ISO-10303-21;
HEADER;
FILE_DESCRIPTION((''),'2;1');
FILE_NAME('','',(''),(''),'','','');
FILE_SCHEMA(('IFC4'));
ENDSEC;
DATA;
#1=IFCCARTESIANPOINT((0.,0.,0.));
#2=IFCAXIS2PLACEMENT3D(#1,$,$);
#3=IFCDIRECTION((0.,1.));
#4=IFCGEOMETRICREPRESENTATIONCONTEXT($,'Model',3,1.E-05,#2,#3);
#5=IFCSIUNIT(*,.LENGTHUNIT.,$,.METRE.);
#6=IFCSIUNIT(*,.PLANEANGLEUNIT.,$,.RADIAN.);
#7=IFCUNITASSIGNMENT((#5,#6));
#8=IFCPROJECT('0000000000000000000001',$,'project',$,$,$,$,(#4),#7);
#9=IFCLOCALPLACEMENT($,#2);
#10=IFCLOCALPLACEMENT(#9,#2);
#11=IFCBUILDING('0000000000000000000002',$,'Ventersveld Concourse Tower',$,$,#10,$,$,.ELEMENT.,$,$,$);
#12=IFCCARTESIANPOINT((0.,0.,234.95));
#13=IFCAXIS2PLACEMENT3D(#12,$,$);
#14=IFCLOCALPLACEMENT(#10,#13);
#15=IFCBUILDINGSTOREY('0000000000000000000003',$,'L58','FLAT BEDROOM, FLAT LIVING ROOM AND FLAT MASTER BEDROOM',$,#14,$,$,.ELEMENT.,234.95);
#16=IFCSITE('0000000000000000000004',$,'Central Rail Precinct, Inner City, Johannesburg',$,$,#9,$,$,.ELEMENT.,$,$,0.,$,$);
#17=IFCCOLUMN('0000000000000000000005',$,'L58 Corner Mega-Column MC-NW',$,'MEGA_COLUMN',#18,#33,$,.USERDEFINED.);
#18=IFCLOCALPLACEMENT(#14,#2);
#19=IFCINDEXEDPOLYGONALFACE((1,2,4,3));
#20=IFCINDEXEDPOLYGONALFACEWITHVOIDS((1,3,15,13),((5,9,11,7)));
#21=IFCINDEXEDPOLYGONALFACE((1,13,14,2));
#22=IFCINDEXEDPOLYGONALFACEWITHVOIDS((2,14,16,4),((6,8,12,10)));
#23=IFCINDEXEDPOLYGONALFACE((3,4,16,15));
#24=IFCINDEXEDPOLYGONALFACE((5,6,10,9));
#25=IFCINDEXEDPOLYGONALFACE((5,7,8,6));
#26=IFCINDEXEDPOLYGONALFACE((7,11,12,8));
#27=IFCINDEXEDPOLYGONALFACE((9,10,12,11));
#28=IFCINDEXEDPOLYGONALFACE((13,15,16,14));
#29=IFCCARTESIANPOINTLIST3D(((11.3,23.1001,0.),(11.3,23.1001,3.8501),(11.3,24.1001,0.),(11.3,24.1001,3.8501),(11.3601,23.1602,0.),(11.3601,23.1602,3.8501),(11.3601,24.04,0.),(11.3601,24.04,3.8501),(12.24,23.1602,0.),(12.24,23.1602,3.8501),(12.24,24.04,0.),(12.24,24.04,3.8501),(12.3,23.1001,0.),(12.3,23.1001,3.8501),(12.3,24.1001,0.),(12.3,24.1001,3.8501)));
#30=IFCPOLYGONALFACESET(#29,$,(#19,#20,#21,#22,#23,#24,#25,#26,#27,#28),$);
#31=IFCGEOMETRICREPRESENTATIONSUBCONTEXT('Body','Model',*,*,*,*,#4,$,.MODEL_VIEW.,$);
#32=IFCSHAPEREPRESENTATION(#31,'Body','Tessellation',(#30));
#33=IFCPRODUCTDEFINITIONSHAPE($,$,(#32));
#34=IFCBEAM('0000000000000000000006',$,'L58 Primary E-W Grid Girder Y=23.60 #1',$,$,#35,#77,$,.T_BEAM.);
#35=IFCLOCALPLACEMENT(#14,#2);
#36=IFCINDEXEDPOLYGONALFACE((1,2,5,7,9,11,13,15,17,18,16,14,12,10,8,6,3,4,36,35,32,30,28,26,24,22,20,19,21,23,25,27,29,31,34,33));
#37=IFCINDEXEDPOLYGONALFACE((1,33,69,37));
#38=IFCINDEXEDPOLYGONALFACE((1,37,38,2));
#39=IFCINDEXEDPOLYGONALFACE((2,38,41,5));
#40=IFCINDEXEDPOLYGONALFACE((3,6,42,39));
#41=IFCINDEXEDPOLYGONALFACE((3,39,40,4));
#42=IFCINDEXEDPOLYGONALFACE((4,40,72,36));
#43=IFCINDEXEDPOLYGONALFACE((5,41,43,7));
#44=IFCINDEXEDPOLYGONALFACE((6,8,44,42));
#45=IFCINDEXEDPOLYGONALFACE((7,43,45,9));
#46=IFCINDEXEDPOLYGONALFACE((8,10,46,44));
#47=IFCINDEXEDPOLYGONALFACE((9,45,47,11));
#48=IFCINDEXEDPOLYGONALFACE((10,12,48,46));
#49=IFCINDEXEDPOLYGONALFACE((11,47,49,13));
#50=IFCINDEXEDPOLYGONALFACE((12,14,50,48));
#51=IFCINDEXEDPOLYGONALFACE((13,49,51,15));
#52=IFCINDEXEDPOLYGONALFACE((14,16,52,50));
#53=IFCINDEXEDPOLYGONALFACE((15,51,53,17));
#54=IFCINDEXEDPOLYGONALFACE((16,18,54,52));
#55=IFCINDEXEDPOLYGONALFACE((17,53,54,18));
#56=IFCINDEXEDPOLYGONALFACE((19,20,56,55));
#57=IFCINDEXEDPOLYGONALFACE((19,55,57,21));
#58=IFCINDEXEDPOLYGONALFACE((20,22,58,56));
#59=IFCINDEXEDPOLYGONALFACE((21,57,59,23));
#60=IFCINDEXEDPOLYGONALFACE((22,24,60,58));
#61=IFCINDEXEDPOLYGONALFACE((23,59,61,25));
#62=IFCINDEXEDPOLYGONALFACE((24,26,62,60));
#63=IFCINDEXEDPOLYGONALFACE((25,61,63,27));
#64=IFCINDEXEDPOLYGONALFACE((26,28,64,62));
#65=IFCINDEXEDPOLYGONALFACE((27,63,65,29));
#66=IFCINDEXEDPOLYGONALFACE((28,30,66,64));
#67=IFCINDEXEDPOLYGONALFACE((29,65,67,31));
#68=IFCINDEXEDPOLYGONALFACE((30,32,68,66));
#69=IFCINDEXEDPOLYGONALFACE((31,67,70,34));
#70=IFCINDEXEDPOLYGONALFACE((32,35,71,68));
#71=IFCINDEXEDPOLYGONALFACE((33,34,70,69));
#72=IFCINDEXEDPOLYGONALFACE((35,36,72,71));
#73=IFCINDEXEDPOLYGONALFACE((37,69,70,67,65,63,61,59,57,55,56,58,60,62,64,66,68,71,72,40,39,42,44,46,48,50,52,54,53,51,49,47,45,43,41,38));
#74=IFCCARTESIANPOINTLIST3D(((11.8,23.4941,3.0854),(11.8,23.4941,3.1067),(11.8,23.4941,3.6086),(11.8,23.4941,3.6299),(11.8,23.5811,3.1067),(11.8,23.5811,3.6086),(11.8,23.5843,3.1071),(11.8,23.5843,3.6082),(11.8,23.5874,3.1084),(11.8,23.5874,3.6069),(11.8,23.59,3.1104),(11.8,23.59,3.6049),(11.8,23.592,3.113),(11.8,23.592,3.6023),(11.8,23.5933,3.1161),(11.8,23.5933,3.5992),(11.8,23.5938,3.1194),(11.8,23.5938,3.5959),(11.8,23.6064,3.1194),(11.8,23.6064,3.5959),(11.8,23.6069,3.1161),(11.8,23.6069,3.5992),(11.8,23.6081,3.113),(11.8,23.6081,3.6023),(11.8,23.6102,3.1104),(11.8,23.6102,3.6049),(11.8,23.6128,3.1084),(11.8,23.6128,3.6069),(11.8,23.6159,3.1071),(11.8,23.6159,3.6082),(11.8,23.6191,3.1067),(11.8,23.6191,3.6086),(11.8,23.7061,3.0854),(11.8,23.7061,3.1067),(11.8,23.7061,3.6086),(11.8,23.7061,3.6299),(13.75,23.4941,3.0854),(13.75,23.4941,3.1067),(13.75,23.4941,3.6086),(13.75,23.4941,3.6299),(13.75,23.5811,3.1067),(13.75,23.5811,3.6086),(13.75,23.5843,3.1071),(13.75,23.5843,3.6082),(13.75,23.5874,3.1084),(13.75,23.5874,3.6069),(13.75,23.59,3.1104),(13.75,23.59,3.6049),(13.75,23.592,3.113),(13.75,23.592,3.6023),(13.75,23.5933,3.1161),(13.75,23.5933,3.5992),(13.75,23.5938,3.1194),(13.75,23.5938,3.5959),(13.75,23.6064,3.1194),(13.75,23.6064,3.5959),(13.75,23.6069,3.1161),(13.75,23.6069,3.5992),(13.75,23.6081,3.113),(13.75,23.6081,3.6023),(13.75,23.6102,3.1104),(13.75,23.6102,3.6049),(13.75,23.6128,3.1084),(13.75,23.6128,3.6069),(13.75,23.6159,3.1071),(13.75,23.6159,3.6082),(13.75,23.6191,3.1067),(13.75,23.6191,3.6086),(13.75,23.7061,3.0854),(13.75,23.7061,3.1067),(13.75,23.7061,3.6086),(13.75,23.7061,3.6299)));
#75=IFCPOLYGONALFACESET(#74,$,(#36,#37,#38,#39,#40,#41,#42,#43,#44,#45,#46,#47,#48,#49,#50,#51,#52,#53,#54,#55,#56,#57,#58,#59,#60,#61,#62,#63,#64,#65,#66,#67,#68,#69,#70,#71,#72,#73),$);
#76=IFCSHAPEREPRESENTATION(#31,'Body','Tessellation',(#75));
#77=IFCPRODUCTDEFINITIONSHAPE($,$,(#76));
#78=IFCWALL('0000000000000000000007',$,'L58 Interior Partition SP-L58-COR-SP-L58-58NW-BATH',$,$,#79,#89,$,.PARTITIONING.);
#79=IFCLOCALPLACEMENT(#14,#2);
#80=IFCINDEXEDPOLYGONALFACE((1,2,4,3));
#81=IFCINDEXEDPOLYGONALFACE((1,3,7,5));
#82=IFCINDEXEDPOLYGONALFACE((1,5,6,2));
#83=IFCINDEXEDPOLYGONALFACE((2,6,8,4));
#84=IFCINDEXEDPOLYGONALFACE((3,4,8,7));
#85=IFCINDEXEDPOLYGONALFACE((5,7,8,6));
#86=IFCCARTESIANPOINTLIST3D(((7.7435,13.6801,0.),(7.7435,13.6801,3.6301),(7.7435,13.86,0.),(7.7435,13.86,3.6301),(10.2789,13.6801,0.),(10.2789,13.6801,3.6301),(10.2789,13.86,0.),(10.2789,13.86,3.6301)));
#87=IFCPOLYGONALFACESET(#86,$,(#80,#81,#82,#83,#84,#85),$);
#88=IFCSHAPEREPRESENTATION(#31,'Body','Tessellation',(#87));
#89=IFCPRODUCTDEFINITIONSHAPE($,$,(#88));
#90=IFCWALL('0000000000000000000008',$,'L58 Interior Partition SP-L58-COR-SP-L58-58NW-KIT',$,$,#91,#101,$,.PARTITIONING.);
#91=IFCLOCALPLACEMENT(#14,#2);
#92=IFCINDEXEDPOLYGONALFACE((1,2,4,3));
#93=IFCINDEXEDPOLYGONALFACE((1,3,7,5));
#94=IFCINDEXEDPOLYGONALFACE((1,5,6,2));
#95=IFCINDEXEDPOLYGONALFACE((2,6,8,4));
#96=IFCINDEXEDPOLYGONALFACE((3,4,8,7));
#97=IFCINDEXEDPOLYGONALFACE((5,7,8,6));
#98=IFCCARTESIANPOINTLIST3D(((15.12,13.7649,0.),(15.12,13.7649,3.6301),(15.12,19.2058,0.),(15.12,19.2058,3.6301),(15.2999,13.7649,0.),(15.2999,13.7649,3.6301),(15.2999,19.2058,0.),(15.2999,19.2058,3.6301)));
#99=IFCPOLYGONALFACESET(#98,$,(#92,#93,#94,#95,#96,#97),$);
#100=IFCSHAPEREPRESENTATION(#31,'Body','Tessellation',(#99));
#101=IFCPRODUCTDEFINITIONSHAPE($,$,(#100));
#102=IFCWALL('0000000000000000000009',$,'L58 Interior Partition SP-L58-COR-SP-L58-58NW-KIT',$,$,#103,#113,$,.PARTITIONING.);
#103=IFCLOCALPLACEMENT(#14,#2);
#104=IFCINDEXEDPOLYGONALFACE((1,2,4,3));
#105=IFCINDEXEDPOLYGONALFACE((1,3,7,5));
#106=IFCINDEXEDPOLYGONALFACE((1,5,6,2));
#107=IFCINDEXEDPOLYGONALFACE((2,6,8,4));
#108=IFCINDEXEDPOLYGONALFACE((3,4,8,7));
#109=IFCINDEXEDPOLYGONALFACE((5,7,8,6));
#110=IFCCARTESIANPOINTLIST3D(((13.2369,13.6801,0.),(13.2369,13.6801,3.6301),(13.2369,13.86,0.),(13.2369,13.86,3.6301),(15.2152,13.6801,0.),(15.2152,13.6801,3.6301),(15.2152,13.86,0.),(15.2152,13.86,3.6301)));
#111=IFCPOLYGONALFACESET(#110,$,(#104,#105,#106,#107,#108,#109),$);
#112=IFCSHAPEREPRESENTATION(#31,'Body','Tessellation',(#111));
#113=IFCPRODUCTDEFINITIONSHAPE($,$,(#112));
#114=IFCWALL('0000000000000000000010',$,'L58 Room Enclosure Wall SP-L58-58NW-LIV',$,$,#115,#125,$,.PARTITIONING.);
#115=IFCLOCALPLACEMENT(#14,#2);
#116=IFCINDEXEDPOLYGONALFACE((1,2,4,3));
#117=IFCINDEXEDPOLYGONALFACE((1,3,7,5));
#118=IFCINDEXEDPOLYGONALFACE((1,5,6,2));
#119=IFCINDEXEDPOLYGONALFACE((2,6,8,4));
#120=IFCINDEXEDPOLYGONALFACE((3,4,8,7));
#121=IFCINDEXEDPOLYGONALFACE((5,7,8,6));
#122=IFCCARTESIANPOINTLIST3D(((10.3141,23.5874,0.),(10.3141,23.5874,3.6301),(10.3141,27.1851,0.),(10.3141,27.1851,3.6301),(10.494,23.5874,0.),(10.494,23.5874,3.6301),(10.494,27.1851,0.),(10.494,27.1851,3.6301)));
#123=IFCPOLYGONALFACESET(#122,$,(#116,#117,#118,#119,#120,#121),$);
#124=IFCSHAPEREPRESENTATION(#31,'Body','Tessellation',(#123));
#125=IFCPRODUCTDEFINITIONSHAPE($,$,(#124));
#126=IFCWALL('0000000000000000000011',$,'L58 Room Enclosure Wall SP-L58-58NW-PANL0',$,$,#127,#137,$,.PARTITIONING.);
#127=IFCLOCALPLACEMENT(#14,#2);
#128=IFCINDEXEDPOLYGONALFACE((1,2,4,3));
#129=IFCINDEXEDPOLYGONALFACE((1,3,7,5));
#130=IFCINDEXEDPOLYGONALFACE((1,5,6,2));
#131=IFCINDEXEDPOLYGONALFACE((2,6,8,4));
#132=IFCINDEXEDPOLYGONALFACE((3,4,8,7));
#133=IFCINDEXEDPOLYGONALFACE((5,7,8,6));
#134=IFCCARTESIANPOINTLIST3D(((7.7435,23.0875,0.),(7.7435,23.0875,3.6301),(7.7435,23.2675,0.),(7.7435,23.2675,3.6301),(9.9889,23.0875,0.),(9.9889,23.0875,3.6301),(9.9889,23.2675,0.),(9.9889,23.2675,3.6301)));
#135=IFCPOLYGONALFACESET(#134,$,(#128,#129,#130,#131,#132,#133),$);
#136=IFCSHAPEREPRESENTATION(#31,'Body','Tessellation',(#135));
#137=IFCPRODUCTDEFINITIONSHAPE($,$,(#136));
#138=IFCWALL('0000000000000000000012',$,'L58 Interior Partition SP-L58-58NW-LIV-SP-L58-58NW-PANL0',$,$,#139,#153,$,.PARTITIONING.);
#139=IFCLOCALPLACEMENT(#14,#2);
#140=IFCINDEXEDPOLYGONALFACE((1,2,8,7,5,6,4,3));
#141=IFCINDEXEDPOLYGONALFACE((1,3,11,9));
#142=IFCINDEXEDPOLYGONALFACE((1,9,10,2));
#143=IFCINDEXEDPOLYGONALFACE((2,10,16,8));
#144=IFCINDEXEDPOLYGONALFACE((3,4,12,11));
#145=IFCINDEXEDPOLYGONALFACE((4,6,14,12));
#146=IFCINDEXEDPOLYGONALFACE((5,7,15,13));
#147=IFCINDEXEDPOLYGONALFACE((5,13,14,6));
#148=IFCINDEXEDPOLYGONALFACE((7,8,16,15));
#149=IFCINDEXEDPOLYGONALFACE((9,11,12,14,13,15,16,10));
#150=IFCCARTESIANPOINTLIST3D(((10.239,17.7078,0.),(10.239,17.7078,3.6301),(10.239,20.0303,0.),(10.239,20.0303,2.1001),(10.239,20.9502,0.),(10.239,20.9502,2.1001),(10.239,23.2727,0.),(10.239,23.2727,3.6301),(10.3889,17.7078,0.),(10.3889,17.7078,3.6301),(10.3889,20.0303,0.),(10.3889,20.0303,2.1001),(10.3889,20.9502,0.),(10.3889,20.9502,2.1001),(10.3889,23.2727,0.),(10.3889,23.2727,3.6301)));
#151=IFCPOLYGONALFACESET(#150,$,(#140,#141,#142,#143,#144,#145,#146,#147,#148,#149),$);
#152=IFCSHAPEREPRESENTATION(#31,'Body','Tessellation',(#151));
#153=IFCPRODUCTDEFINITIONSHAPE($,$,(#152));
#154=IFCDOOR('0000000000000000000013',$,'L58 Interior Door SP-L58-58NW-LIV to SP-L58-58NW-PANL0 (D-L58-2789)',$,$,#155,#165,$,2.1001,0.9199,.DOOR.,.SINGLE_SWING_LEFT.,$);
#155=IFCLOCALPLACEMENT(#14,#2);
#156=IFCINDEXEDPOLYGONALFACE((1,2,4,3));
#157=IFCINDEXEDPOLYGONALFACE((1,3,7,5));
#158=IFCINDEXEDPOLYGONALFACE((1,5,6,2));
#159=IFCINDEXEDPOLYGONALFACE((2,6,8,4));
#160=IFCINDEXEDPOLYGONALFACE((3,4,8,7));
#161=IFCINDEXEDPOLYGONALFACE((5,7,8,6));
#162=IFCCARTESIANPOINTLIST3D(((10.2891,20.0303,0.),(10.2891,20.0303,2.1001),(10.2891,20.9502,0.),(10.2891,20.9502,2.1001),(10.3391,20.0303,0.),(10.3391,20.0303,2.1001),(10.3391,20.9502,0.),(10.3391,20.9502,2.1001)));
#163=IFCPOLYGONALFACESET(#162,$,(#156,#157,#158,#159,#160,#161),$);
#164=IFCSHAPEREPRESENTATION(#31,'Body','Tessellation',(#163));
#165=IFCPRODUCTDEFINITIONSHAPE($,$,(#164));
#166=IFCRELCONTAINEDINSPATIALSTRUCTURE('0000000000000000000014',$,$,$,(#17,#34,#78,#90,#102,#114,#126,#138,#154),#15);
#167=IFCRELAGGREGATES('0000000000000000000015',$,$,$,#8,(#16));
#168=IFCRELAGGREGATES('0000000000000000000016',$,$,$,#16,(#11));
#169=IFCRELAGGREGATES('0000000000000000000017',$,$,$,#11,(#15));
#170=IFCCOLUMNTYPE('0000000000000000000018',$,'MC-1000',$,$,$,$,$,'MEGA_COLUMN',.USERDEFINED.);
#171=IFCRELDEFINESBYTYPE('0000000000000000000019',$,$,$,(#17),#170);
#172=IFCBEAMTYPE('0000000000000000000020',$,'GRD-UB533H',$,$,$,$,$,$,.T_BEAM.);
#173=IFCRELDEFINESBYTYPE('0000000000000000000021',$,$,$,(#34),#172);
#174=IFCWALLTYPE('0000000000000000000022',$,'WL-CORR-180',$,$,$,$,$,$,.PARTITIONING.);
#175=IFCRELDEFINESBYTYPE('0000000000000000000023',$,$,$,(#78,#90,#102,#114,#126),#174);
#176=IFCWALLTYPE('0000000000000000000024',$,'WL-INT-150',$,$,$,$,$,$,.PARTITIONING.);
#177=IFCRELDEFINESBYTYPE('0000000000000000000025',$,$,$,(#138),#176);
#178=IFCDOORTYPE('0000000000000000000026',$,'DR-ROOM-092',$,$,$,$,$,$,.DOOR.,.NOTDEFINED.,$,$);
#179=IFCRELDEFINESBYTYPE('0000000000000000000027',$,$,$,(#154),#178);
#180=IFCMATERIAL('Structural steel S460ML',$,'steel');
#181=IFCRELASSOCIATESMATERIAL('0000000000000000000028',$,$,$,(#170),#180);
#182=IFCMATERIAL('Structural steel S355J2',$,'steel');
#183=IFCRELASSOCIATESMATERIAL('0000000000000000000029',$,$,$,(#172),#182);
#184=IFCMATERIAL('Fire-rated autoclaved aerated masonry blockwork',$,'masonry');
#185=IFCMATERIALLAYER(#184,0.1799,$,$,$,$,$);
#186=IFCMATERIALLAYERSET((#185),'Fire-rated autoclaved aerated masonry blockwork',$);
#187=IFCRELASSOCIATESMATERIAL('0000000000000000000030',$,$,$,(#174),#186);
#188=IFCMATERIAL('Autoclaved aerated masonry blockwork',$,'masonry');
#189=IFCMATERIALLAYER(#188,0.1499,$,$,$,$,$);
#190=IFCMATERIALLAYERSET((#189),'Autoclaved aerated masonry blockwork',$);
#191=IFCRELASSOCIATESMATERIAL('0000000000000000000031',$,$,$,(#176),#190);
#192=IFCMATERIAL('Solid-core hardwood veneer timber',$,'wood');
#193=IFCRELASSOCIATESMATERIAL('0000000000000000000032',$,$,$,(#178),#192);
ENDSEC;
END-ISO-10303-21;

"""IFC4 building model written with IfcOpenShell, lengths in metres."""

from ifc_helpers import new_model, si_unit, direction, frame, frame_2d, origin, origin_2d, place, context, subcontext, project, spatial, rectangle, hollow_rectangle, i_section, extrude, material, layer, layer_set, material_profile, profile_set, type_object, element, fill, save


model = new_model("IFC4")

# Units and contexts
model_context = context("Model", 3, precision=1e-05, world=origin(), true_north=direction((0.0, 1.0)))
body_context = subcontext(model_context, "Body", "Model", "MODEL_VIEW")
ifc_project = project(units=[si_unit("LENGTHUNIT", "METRE"), si_unit("PLANEANGLEUNIT", "RADIAN")], contexts=[model_context])

# Site, building, storey
site_placement = place(None, origin())
site = spatial("IfcSite", under=ifc_project, at=site_placement, Name="Central Rail Precinct, Inner City, Johannesburg", CompositionType="ELEMENT", RefElevation=0.0)
building_placement = place(site_placement, origin())
building = spatial("IfcBuilding", under=site, at=building_placement, Name="Ventersveld Concourse Tower", CompositionType="ELEMENT")
storey_placement = place(building_placement, frame((0.0, 0.0, 234.95)))
storey = spatial("IfcBuildingStorey", under=building, at=storey_placement, Name="L58", Description="FLAT BEDROOM, FLAT LIVING ROOM AND FLAT MASTER BEDROOM", CompositionType="ELEMENT", Elevation=234.95)

# Column
ifc_material_1 = material(Name="Structural steel S460ML", Category="steel")
ifc_material_profile_1 = material_profile(ifc_material_1, hollow_rectangle(XDim=1.0, YDim=1.0, WallThickness=0.0601, at=origin_2d()), Name="BOX 1000x1000x60")
ifc_profile_set_1 = profile_set([ifc_material_profile_1], Name="Structural steel S460ML")
column_type = type_object("IfcColumnType", Name="MC-1000", ElementType="MEGA_COLUMN", PredefinedType="USERDEFINED", material=ifc_profile_set_1)
column_placement = place(storey_placement, frame((11.8, 23.6001, 0.0), z_axis=(0.0, 0.0, 1.0), x_axis=(1.0, 0.0, 0.0)))
element("IfcColumn", 1, at=column_placement, inside=storey, type_object=column_type, Name="L58 Corner Mega-Column MC-NW", ObjectType="MEGA_COLUMN", PredefinedType="USERDEFINED", context=body_context, shape_type="SweptSolid", body=[
    extrude(hollow_rectangle(XDim=1.0, YDim=1.0, WallThickness=0.0601, at=origin_2d()), origin(), (0.0, 0.0, 1.0), 3.8501),
])

# Beam
ifc_material_2 = material(Name="Structural steel S355J2", Category="steel")
ifc_material_profile_2 = material_profile(ifc_material_2, i_section(OverallWidth=0.2119, OverallDepth=0.5444, WebThickness=0.0127, FlangeThickness=0.0212, FilletRadius=0.0127, at=origin_2d()), Name="UB 533x210x122")
ifc_profile_set_2 = profile_set([ifc_material_profile_2], Name="Structural steel S355J2")
beam_type = type_object("IfcBeamType", Name="GRD-UB533H", PredefinedType="T_BEAM", material=ifc_profile_set_2)
beam_placement = place(storey_placement, frame((11.8, 23.6001, 3.3577), z_axis=(1.0, 0.0, 0.0), x_axis=(0.0, 1.0, 0.0)))
element("IfcBeam", 2, at=beam_placement, inside=storey, type_object=beam_type, Name="L58 Primary E-W Grid Girder Y=23.60 #1", PredefinedType="T_BEAM", context=body_context, shape_type="SweptSolid", body=[
    extrude(i_section(OverallWidth=0.2119, OverallDepth=0.5444, WebThickness=0.0127, FlangeThickness=0.0212, FilletRadius=0.0127, at=origin_2d()), origin(), (0.0, 0.0, 1.0), 1.95),
])

# Shared definitions
ifc_material_3 = material(Name="Fire-rated autoclaved aerated masonry blockwork", Category="masonry")
ifc_layer_1 = layer(ifc_material_3, 0.1799)
ifc_layer_set_1 = layer_set([ifc_layer_1], Name="Fire-rated autoclaved aerated masonry blockwork")
wall_type_1 = type_object("IfcWallType", Name="WL-CORR-180", PredefinedType="PARTITIONING", material=ifc_layer_set_1)
ifc_material_4 = material(Name="Solid-core hardwood veneer timber", Category="wood")

# Walls
wall_1_placement = place(storey_placement, frame((7.7437, 13.77, 0.0), z_axis=(0.0, 0.0, 1.0), x_axis=(1.0, 0.0, 0.0)))
element("IfcWall", 3, at=wall_1_placement, inside=storey, type_object=wall_type_1, Name="L58 Interior Partition SP-L58-COR-SP-L58-58NW-BATH", PredefinedType="PARTITIONING", context=body_context, shape_type="SweptSolid", body=[
    extrude(rectangle(XDim=2.5354, YDim=0.1799, at=frame_2d((1.2676, 0.0))), origin(), (0.0, 0.0, 1.0), 3.6301),
])
wall_2_placement = place(storey_placement, frame((15.21, 13.7649, 0.0), z_axis=(0.0, 0.0, 1.0), x_axis=(0.0, 1.0, 0.0)))
element("IfcWall", 4, at=wall_2_placement, inside=storey, type_object=wall_type_1, Name="L58 Interior Partition SP-L58-COR-SP-L58-58NW-KIT", PredefinedType="PARTITIONING", context=body_context, shape_type="SweptSolid", body=[
    extrude(rectangle(XDim=5.4409, YDim=0.1799, at=frame_2d((2.7205, 0.0))), origin(), (0.0, 0.0, 1.0), 3.6301),
])
wall_3_placement = place(storey_placement, frame((13.2368, 13.77, 0.0), z_axis=(0.0, 0.0, 1.0), x_axis=(1.0, 0.0, 0.0)))
element("IfcWall", 5, at=wall_3_placement, inside=storey, type_object=wall_type_1, Name="L58 Interior Partition SP-L58-COR-SP-L58-58NW-KIT", PredefinedType="PARTITIONING", context=body_context, shape_type="SweptSolid", body=[
    extrude(rectangle(XDim=1.9783, YDim=0.1799, at=frame_2d((0.9893, 0.0))), origin(), (0.0, 0.0, 1.0), 3.6301),
])
wall_4_placement = place(storey_placement, frame((10.4041, 23.5874, 0.0), z_axis=(0.0, 0.0, 1.0), x_axis=(0.0, 1.0, 0.0)))
element("IfcWall", 6, at=wall_4_placement, inside=storey, type_object=wall_type_1, Name="L58 Room Enclosure Wall SP-L58-58NW-LIV", PredefinedType="PARTITIONING", context=body_context, shape_type="SweptSolid", body=[
    extrude(rectangle(XDim=3.5977, YDim=0.1799, at=frame_2d((1.7988, 0.0))), origin(), (0.0, 0.0, 1.0), 3.6301),
])
wall_5_placement = place(storey_placement, frame((7.7437, 23.1775, 0.0), z_axis=(0.0, 0.0, 1.0), x_axis=(1.0, 0.0, 0.0)))
element("IfcWall", 7, at=wall_5_placement, inside=storey, type_object=wall_type_1, Name="L58 Room Enclosure Wall SP-L58-58NW-PANL0", PredefinedType="PARTITIONING", context=body_context, shape_type="SweptSolid", body=[
    extrude(rectangle(XDim=2.2454, YDim=0.1799, at=frame_2d((1.1226, 0.0))), origin(), (0.0, 0.0, 1.0), 3.6301),
])

# Wall, opening, door
ifc_material_5 = material(Name="Autoclaved aerated masonry blockwork", Category="masonry")
ifc_layer_2 = layer(ifc_material_5, 0.1499)
ifc_layer_set_2 = layer_set([ifc_layer_2], Name="Autoclaved aerated masonry blockwork")
wall_type_2 = type_object("IfcWallType", Name="WL-INT-150", PredefinedType="PARTITIONING", material=ifc_layer_set_2)
wall_6_placement = place(storey_placement, frame((10.314, 17.7078, 0.0), z_axis=(0.0, 0.0, 1.0), x_axis=(0.0, 1.0, 0.0)))
wall_6 = element("IfcWall", 8, at=wall_6_placement, inside=storey, type_object=wall_type_2, Name="L58 Interior Partition SP-L58-58NW-LIV-SP-L58-58NW-PANL0", PredefinedType="PARTITIONING", context=body_context, shape_type="SweptSolid", body=[
    extrude(rectangle(XDim=5.5649, YDim=0.1499, at=frame_2d((2.7825, 0.0))), origin(), (0.0, 0.0, 1.0), 3.6301),
])
opening_1_placement = place(wall_6_placement, frame((2.3225, 0.0, 0.0)))
opening_1 = element("IfcOpeningElement", 9, at=opening_1_placement, cuts=wall_6, PredefinedType="OPENING", context=body_context, shape_type="SweptSolid", body=[
    extrude(rectangle(XDim=0.9199, YDim=2.1001, at=frame_2d((0.46, 1.05))), frame((0.0, 0.085, 0.0), z_axis=(0.0, -1.0, 0.0), x_axis=(1.0, 0.0, 0.0)), (0.0, 0.0, 1.0), 0.1699),
])
door_type_1 = type_object("IfcDoorType", Name="DR-ROOM-092", OperationType="NOTDEFINED", PredefinedType="DOOR", material=ifc_material_4)
door_1_placement = place(opening_1_placement, origin())
door_1 = element("IfcDoor", 10, at=door_1_placement, inside=storey, type_object=door_type_1, Name="L58 Interior Door SP-L58-58NW-LIV to SP-L58-58NW-PANL0 (D-L58-2789)", OperationType="SINGLE_SWING_LEFT", OverallHeight=2.1001, OverallWidth=0.9199, PredefinedType="DOOR", context=body_context, shape_type="SweptSolid", body=[
    extrude(rectangle(XDim=0.9199, YDim=2.1001, at=frame_2d((0.46, 1.05))), frame((0.0, 0.0249, 0.0), z_axis=(0.0, -1.0, 0.0), x_axis=(1.0, 0.0, 0.0)), (0.0, 0.0, 1.0), 0.05),
])
fill(opening_1, door_1)

save(model, "model.ifc")
